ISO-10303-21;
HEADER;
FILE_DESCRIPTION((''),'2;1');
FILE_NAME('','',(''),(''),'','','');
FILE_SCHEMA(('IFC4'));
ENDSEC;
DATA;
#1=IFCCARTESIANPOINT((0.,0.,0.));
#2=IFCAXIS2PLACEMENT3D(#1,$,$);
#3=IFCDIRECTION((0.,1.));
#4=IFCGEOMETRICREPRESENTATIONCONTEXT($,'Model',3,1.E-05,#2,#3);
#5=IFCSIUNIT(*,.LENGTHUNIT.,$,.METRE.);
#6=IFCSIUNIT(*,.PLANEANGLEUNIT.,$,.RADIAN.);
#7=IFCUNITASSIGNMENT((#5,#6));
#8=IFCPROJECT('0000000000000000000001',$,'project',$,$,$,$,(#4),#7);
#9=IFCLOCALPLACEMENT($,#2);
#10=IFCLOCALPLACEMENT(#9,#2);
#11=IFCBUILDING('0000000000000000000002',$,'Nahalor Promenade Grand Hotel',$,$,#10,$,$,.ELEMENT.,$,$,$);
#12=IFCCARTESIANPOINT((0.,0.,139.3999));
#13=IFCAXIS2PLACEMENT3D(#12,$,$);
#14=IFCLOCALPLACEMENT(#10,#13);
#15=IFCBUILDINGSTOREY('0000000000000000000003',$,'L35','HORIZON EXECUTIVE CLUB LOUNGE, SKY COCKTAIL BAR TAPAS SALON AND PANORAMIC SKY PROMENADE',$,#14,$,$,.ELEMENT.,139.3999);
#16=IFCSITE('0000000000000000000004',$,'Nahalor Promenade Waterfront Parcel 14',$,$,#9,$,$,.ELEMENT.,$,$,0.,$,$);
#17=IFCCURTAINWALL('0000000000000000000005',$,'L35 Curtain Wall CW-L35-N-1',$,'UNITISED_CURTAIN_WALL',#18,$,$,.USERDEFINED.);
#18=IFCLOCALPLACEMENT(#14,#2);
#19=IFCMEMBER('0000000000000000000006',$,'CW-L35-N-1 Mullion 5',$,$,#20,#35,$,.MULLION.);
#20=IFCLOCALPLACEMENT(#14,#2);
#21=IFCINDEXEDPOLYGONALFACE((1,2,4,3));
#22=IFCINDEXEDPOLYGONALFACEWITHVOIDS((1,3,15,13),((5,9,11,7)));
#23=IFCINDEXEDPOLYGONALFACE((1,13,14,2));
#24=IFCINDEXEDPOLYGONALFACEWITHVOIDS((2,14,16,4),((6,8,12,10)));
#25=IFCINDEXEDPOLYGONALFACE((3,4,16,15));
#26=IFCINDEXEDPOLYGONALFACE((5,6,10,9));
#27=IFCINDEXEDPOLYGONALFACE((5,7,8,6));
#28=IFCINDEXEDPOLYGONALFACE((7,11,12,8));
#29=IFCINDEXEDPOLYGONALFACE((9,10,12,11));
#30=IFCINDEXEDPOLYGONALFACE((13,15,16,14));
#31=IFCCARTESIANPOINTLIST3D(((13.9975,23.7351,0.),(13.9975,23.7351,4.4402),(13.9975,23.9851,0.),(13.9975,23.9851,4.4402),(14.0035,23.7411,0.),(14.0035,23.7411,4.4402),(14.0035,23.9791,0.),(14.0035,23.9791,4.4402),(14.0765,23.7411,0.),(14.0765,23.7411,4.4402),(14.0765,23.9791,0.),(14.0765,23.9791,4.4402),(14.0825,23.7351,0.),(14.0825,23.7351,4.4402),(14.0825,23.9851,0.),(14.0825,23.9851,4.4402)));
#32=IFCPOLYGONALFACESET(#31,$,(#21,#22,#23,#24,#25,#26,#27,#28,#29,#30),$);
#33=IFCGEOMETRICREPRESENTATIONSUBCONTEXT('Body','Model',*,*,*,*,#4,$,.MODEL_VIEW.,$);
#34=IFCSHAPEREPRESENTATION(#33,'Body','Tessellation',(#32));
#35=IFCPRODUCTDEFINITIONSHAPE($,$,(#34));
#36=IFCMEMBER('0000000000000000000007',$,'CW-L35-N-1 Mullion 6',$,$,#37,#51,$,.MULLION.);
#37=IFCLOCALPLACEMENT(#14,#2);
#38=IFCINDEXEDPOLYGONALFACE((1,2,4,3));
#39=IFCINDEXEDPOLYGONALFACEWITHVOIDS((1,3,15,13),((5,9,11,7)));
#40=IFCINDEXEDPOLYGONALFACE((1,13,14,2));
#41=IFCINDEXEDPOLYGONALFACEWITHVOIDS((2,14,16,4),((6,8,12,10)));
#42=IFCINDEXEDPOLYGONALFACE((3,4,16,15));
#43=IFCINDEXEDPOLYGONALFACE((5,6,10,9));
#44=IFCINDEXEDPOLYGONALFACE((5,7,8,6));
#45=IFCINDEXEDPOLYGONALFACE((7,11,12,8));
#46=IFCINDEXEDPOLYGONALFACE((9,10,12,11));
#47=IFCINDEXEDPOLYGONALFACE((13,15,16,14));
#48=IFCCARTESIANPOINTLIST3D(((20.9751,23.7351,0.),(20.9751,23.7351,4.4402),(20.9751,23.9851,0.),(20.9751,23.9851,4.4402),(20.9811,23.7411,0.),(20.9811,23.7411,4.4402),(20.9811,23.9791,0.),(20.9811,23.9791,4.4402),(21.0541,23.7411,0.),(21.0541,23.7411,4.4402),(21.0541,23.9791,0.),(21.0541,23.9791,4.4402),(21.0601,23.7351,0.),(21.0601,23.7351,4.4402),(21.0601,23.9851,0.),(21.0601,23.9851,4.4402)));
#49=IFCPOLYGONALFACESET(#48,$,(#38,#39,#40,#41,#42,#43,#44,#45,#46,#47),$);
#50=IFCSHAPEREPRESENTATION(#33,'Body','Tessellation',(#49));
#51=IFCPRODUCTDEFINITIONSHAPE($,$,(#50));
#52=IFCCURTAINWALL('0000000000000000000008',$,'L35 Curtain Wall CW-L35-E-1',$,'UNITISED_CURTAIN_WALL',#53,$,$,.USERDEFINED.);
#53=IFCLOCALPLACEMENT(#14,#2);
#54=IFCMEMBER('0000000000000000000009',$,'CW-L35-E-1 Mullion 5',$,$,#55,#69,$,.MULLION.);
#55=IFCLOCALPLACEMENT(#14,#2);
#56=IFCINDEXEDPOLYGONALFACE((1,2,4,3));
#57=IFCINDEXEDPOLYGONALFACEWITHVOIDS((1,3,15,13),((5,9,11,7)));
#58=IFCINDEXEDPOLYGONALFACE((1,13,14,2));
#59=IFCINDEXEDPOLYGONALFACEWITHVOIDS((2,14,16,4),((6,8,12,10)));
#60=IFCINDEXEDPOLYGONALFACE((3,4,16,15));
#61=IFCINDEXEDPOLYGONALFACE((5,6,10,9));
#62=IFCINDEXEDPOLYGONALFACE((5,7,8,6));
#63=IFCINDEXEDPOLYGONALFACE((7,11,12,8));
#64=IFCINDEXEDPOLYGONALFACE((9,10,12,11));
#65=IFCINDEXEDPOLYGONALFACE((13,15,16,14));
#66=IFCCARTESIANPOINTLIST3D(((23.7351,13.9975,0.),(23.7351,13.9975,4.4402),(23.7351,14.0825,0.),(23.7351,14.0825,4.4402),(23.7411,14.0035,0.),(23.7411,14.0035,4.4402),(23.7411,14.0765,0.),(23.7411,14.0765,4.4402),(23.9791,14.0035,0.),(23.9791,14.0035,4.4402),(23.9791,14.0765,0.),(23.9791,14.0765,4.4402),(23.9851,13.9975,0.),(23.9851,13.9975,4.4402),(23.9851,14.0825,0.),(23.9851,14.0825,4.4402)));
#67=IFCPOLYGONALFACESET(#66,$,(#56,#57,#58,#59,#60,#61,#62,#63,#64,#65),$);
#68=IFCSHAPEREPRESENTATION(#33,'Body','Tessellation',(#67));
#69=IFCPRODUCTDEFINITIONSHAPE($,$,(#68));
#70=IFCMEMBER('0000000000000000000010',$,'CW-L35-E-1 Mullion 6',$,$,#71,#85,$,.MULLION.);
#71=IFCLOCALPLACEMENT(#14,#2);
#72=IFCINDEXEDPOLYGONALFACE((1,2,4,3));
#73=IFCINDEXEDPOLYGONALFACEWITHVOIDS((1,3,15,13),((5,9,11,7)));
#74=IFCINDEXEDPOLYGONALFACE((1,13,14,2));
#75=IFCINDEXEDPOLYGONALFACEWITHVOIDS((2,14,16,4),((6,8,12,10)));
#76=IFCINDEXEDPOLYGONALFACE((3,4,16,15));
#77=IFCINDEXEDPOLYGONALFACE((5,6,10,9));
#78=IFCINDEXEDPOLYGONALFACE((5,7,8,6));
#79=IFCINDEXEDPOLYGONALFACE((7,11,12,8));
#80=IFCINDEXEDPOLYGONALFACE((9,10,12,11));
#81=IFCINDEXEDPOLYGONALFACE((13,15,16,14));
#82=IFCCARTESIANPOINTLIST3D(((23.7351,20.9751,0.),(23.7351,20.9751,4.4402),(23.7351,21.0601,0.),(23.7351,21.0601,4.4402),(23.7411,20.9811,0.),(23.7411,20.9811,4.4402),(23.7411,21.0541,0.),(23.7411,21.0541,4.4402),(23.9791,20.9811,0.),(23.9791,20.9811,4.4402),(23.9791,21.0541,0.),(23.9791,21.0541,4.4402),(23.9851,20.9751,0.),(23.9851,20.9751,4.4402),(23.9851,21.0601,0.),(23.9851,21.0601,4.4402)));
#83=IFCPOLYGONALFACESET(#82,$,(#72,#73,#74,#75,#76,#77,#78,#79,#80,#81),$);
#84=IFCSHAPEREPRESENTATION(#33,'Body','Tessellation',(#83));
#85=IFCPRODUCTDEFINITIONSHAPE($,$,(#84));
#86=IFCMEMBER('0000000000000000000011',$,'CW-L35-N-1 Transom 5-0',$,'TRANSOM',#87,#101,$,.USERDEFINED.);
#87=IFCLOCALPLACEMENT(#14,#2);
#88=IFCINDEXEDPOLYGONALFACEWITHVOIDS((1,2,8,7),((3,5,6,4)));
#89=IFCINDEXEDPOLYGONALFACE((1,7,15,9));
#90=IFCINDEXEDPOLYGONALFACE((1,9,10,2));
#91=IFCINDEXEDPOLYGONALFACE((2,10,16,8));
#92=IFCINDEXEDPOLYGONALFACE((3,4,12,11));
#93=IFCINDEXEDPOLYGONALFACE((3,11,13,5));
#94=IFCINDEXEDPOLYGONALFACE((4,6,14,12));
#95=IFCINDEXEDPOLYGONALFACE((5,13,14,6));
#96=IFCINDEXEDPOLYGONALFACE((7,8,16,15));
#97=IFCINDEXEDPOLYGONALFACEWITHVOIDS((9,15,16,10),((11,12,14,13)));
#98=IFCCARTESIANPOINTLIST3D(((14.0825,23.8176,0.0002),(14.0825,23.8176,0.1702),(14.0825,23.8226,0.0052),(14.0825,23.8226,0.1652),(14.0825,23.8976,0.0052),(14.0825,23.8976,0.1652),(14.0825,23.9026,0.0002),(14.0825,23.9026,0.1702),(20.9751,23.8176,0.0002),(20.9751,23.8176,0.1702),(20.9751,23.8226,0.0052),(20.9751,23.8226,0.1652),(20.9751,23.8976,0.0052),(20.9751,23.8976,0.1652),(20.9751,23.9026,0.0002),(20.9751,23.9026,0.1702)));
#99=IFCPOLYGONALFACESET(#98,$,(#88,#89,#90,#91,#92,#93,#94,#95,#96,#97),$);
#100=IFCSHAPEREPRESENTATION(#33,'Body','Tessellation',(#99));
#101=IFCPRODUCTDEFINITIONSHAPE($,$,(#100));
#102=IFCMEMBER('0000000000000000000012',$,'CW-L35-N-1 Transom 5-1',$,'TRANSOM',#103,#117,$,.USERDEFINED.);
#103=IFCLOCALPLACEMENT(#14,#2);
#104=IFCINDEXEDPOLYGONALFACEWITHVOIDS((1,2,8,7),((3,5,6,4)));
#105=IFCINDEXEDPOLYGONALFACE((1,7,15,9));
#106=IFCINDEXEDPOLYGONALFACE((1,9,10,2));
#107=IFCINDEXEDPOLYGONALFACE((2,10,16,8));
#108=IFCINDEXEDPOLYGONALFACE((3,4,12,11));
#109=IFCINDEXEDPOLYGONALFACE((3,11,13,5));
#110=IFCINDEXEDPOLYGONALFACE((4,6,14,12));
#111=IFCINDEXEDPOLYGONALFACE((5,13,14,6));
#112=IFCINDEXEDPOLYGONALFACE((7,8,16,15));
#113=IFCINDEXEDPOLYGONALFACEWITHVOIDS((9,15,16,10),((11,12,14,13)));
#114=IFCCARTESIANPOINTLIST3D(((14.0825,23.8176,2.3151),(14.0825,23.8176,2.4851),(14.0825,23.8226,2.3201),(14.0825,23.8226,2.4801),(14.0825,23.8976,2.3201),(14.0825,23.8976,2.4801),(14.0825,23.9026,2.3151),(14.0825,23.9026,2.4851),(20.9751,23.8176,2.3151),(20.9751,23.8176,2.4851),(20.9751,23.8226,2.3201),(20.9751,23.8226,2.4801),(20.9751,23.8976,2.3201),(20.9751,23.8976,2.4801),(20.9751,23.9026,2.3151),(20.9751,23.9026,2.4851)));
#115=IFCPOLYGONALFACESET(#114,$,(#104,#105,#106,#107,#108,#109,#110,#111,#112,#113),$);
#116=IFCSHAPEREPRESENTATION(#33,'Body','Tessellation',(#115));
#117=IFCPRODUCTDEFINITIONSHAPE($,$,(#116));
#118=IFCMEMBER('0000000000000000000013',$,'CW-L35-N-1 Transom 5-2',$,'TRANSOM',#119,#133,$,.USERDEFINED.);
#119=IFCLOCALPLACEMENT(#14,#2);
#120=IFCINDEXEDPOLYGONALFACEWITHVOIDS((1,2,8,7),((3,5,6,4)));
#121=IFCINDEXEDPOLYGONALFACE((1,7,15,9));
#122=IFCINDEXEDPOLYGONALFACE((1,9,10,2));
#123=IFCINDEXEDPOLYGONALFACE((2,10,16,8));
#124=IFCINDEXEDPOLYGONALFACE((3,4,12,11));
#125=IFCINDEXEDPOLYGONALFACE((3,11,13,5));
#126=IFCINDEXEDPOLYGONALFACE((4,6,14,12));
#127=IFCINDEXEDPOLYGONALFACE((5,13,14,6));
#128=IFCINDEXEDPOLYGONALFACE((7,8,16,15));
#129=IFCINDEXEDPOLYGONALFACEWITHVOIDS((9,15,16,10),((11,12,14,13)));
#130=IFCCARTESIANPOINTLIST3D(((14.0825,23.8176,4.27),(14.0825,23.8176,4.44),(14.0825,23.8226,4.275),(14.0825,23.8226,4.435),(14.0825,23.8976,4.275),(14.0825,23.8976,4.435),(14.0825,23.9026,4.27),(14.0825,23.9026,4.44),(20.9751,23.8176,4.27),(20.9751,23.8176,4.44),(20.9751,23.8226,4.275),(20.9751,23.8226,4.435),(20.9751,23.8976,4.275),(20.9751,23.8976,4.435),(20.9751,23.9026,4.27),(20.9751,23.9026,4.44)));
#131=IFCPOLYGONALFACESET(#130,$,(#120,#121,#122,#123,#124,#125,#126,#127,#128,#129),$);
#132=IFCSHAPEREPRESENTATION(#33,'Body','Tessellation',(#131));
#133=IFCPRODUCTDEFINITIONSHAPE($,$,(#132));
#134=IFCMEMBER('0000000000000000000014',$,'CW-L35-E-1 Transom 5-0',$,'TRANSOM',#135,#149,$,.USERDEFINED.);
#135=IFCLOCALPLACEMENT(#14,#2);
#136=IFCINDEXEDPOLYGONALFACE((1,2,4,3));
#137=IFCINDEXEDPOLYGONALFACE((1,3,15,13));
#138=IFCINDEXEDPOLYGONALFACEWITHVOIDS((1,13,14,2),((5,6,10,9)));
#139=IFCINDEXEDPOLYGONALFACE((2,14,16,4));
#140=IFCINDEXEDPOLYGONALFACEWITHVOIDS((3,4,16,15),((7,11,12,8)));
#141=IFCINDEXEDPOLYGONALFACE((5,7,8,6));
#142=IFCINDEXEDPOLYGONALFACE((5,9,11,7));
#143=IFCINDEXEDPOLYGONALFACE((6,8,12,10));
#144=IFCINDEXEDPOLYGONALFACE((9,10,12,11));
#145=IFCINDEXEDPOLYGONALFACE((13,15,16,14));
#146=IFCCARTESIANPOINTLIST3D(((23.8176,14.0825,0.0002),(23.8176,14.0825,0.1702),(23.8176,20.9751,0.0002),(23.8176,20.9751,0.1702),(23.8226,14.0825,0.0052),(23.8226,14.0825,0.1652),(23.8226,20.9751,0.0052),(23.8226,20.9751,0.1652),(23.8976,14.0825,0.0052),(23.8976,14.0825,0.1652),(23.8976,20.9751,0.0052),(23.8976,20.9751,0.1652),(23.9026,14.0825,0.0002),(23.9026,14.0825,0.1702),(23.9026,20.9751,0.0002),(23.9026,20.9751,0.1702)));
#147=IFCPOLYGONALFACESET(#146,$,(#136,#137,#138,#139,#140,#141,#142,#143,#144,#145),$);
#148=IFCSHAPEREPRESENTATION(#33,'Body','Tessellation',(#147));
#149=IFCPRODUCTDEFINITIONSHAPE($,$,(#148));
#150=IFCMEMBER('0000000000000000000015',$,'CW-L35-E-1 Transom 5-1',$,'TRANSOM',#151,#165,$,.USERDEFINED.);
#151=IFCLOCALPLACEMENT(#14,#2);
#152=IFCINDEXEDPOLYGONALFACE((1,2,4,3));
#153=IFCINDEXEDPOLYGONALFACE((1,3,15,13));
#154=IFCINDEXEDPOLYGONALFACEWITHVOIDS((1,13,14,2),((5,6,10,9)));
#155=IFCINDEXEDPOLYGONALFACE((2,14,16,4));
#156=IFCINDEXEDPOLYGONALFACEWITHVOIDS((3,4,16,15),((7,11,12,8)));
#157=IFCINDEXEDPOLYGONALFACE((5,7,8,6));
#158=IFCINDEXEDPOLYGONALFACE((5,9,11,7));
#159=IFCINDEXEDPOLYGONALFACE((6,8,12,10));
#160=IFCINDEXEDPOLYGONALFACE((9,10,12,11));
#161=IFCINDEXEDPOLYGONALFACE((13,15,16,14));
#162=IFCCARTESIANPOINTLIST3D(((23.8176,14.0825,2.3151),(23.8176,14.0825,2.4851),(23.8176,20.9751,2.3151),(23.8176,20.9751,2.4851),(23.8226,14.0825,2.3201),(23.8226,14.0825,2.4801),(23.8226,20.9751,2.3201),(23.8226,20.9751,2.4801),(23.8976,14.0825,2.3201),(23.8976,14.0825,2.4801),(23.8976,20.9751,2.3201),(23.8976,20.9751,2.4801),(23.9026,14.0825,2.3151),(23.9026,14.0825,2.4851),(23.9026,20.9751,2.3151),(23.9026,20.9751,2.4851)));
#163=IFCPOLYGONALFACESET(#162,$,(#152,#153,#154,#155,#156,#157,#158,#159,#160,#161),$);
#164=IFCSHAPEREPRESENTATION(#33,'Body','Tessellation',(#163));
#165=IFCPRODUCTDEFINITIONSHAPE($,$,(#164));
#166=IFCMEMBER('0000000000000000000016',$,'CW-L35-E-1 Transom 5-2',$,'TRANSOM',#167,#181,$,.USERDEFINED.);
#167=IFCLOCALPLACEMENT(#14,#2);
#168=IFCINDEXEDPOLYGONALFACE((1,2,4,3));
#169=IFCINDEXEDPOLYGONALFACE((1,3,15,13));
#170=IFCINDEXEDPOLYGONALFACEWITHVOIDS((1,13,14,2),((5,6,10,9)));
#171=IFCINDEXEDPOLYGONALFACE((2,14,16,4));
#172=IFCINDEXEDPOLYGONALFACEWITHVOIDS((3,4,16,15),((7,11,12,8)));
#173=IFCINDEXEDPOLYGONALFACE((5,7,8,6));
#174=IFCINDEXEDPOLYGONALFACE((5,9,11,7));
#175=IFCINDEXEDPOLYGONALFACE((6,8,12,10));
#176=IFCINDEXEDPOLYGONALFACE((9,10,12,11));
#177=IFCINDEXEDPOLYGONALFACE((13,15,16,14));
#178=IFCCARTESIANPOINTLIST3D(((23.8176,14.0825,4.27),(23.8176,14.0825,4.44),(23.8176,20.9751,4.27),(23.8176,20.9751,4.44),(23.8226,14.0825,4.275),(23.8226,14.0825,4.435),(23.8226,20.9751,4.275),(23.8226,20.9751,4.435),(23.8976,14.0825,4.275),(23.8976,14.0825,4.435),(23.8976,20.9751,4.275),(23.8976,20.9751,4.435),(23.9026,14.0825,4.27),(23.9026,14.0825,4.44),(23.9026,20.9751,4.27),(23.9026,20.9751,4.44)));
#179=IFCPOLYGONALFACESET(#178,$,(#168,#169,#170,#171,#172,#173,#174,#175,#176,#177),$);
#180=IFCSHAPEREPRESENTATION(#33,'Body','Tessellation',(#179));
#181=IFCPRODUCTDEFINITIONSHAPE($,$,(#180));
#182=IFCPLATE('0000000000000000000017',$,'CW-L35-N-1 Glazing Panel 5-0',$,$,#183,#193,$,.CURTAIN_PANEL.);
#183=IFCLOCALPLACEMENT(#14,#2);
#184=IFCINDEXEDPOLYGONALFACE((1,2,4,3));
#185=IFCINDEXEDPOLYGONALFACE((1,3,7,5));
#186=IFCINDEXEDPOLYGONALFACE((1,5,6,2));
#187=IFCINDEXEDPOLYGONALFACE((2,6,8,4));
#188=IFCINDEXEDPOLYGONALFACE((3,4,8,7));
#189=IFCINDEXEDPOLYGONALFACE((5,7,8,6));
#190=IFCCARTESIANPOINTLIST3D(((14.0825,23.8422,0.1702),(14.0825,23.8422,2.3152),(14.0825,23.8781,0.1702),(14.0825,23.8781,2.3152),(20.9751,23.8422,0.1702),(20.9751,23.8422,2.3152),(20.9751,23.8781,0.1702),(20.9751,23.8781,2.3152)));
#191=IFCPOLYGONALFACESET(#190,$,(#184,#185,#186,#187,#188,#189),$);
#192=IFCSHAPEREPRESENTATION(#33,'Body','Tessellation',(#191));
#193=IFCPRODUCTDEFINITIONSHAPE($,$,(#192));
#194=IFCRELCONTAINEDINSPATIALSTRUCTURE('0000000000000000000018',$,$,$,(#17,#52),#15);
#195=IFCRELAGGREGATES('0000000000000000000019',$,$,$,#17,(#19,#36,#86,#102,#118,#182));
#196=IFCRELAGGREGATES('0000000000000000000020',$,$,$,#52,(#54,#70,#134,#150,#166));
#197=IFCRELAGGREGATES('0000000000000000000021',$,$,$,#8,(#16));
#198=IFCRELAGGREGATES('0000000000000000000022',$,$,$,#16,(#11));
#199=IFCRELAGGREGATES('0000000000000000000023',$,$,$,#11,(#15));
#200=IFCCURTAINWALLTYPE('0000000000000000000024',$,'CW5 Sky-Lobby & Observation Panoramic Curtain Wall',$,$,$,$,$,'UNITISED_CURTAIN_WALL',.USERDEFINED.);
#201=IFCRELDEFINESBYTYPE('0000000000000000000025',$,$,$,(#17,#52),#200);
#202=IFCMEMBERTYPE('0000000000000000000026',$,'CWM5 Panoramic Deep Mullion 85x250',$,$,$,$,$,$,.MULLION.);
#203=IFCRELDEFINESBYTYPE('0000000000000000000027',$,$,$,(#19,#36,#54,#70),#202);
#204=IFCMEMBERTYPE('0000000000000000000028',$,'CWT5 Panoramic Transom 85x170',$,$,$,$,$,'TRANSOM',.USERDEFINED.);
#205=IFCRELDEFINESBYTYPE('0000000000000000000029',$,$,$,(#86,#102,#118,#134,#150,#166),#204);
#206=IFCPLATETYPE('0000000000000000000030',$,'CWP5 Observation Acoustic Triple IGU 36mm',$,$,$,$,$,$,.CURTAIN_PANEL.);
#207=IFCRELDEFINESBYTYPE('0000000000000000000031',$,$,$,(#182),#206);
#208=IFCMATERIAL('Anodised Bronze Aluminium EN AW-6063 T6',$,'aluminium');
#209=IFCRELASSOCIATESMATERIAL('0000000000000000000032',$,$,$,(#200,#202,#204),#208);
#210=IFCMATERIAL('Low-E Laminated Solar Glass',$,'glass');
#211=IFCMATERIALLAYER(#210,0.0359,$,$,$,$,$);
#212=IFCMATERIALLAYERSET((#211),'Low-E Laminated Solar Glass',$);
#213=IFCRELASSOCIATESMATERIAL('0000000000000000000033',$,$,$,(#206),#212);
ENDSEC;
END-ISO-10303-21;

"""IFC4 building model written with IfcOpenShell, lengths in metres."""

from ifc_helpers import new_model, si_unit, direction, frame, origin, origin_2d, place, context, subcontext, project, spatial, rectangle, hollow_rectangle, extrude, source, transform, mapped, material, layer, layer_set, material_profile, profile_set, type_object, element, aggregate, save


model = new_model("IFC4")

# Units and contexts
model_context = context("Model", 3, precision=1e-05, world=origin(), true_north=direction((0.0, 1.0)))
body_context = subcontext(model_context, "Body", "Model", "MODEL_VIEW")
ifc_project = project(units=[si_unit("LENGTHUNIT", "METRE"), si_unit("PLANEANGLEUNIT", "RADIAN")], contexts=[model_context])

# Site, building, storey
site_placement = place(None, origin())
site = spatial("IfcSite", under=ifc_project, at=site_placement, Name="Nahalor Promenade Waterfront Parcel 14", CompositionType="ELEMENT", RefElevation=0.0)
building_placement = place(site_placement, origin())
building = spatial("IfcBuilding", under=site, at=building_placement, Name="Nahalor Promenade Grand Hotel", CompositionType="ELEMENT")
storey_placement = place(building_placement, frame((0.0, 0.0, 139.3999)))
storey = spatial("IfcBuildingStorey", under=building, at=storey_placement, Name="L35", Description="HORIZON EXECUTIVE CLUB LOUNGE, SKY COCKTAIL BAR TAPAS SALON AND PANORAMIC SKY PROMENADE", CompositionType="ELEMENT", Elevation=139.3999)

# Curtain walls, members
ifc_material_1 = material(Name="Anodised Bronze Aluminium EN AW-6063 T6", Category="aluminium")
curtain_wall_type = type_object("IfcCurtainWallType", Name="CW5 Sky-Lobby & Observation Panoramic Curtain Wall", ElementType="UNITISED_CURTAIN_WALL", PredefinedType="USERDEFINED", material=ifc_material_1)
curtain_wall_1_placement = place(storey_placement, origin())
curtain_wall_1 = element("IfcCurtainWall", 1, at=curtain_wall_1_placement, inside=storey, type_object=curtain_wall_type, Name="L35 Curtain Wall CW-L35-N-1", ObjectType="UNITISED_CURTAIN_WALL", PredefinedType="USERDEFINED")
ifc_material_profile_1 = material_profile(ifc_material_1, hollow_rectangle(XDim=0.085, YDim=0.25, WallThickness=0.006, at=origin_2d()), Name="CWM 85x250x6")
ifc_profile_set_1 = profile_set([ifc_material_profile_1], Name="Anodised Bronze Aluminium EN AW-6063 T6")
member_type_1 = type_object("IfcMemberType", Name="CWM5 Panoramic Deep Mullion 85x250", PredefinedType="MULLION", material=ifc_profile_set_1)
shared_shape_1 = source(origin(), body_context, "Body", "SweptSolid", [
    extrude(hollow_rectangle(XDim=0.085, YDim=0.25, WallThickness=0.006, at=origin_2d()), origin(), (0.0, 0.0, 1.0), 4.4402),
])
member_1_placement = place(storey_placement, frame((14.04, 23.8601, 0.0), z_axis=(0.0, 0.0, 1.0), x_axis=(1.0, 0.0, 0.0)))
member_1 = element("IfcMember", 2, at=member_1_placement, type_object=member_type_1, Name="CW-L35-N-1 Mullion 5", PredefinedType="MULLION", context=body_context, shape_type="MappedRepresentation", body=[
    mapped(shared_shape_1, transform((0.0, 0.0, 0.0), scale=1.0)),
])
member_2_placement = place(storey_placement, frame((21.0176, 23.8601, 0.0), z_axis=(0.0, 0.0, 1.0), x_axis=(1.0, 0.0, 0.0)))
member_2 = element("IfcMember", 3, at=member_2_placement, type_object=member_type_1, Name="CW-L35-N-1 Mullion 6", PredefinedType="MULLION", context=body_context, shape_type="MappedRepresentation", body=[
    mapped(shared_shape_1, transform((0.0, 0.0, 0.0), scale=1.0)),
])
curtain_wall_2_placement = place(storey_placement, origin())
curtain_wall_2 = element("IfcCurtainWall", 4, at=curtain_wall_2_placement, inside=storey, type_object=curtain_wall_type, Name="L35 Curtain Wall CW-L35-E-1", ObjectType="UNITISED_CURTAIN_WALL", PredefinedType="USERDEFINED")
member_3_placement = place(storey_placement, frame((23.8601, 14.04, 0.0), z_axis=(0.0, 0.0, 1.0), x_axis=(0.0, 1.0, 0.0)))
member_3 = element("IfcMember", 5, at=member_3_placement, type_object=member_type_1, Name="CW-L35-E-1 Mullion 5", PredefinedType="MULLION", context=body_context, shape_type="MappedRepresentation", body=[
    mapped(shared_shape_1, transform((0.0, 0.0, 0.0), scale=1.0)),
])
member_4_placement = place(storey_placement, frame((23.8601, 21.0176, 0.0), z_axis=(0.0, 0.0, 1.0), x_axis=(0.0, 1.0, 0.0)))
member_4 = element("IfcMember", 6, at=member_4_placement, type_object=member_type_1, Name="CW-L35-E-1 Mullion 6", PredefinedType="MULLION", context=body_context, shape_type="MappedRepresentation", body=[
    mapped(shared_shape_1, transform((0.0, 0.0, 0.0), scale=1.0)),
])

# Members
ifc_material_profile_2 = material_profile(ifc_material_1, hollow_rectangle(XDim=0.085, YDim=0.17, WallThickness=0.005, at=origin_2d()), Name="CWT 85x170x5")
ifc_profile_set_2 = profile_set([ifc_material_profile_2], Name="Anodised Bronze Aluminium EN AW-6063 T6")
member_type_2 = type_object("IfcMemberType", Name="CWT5 Panoramic Transom 85x170", ElementType="TRANSOM", PredefinedType="USERDEFINED", material=ifc_profile_set_2)
shared_shape_2 = source(origin(), body_context, "Body", "SweptSolid", [
    extrude(hollow_rectangle(XDim=0.085, YDim=0.17, WallThickness=0.005, at=origin_2d()), origin(), (0.0, 0.0, 1.0), 6.8926),
])
member_5_placement = place(storey_placement, frame((14.0825, 23.8601, 0.0852), z_axis=(1.0, 0.0, 0.0), x_axis=(0.0, 1.0, 0.0)))
member_5 = element("IfcMember", 7, at=member_5_placement, type_object=member_type_2, Name="CW-L35-N-1 Transom 5-0", ObjectType="TRANSOM", PredefinedType="USERDEFINED", context=body_context, shape_type="MappedRepresentation", body=[
    mapped(shared_shape_2, transform((0.0, 0.0, 0.0), scale=1.0)),
])
member_6_placement = place(storey_placement, frame((14.0825, 23.8601, 2.4001), z_axis=(1.0, 0.0, 0.0), x_axis=(0.0, 1.0, 0.0)))
member_6 = element("IfcMember", 8, at=member_6_placement, type_object=member_type_2, Name="CW-L35-N-1 Transom 5-1", ObjectType="TRANSOM", PredefinedType="USERDEFINED", context=body_context, shape_type="MappedRepresentation", body=[
    mapped(shared_shape_2, transform((0.0, 0.0, 0.0), scale=1.0)),
])
member_7_placement = place(storey_placement, frame((14.0825, 23.8601, 4.355), z_axis=(1.0, 0.0, 0.0), x_axis=(0.0, 1.0, 0.0)))
member_7 = element("IfcMember", 9, at=member_7_placement, type_object=member_type_2, Name="CW-L35-N-1 Transom 5-2", ObjectType="TRANSOM", PredefinedType="USERDEFINED", context=body_context, shape_type="MappedRepresentation", body=[
    mapped(shared_shape_2, transform((0.0, 0.0, 0.0), scale=1.0)),
])
member_8_placement = place(storey_placement, frame((23.8601, 14.0825, 0.0852), z_axis=(0.0, 1.0, 0.0), x_axis=(-1.0, 0.0, 0.0)))
member_8 = element("IfcMember", 10, at=member_8_placement, type_object=member_type_2, Name="CW-L35-E-1 Transom 5-0", ObjectType="TRANSOM", PredefinedType="USERDEFINED", context=body_context, shape_type="MappedRepresentation", body=[
    mapped(shared_shape_2, transform((0.0, 0.0, 0.0), scale=1.0)),
])
member_9_placement = place(storey_placement, frame((23.8601, 14.0825, 2.4001), z_axis=(0.0, 1.0, 0.0), x_axis=(-1.0, 0.0, 0.0)))
member_9 = element("IfcMember", 11, at=member_9_placement, type_object=member_type_2, Name="CW-L35-E-1 Transom 5-1", ObjectType="TRANSOM", PredefinedType="USERDEFINED", context=body_context, shape_type="MappedRepresentation", body=[
    mapped(shared_shape_2, transform((0.0, 0.0, 0.0), scale=1.0)),
])
member_10_placement = place(storey_placement, frame((23.8601, 14.0825, 4.355), z_axis=(0.0, 1.0, 0.0), x_axis=(-1.0, 0.0, 0.0)))
member_10 = element("IfcMember", 12, at=member_10_placement, type_object=member_type_2, Name="CW-L35-E-1 Transom 5-2", ObjectType="TRANSOM", PredefinedType="USERDEFINED", context=body_context, shape_type="MappedRepresentation", body=[
    mapped(shared_shape_2, transform((0.0, 0.0, 0.0), scale=1.0)),
])

# Plate
ifc_material_2 = material(Name="Low-E Laminated Solar Glass", Category="glass")
ifc_layer_1 = layer(ifc_material_2, 0.0359)
ifc_layer_set_1 = layer_set([ifc_layer_1], Name="Low-E Laminated Solar Glass")
plate_type = type_object("IfcPlateType", Name="CWP5 Observation Acoustic Triple IGU 36mm", PredefinedType="CURTAIN_PANEL", material=ifc_layer_set_1)
shared_shape_3 = source(origin(), body_context, "Body", "SweptSolid", [
    extrude(rectangle(XDim=6.8926, YDim=0.0359, at=origin_2d()), origin(), (0.0, 0.0, 1.0), 2.145),
])
plate_1_placement = place(storey_placement, frame((17.5288, 23.8601, 0.1702), z_axis=(0.0, 0.0, 1.0), x_axis=(1.0, 0.0, 0.0)))
plate_1 = element("IfcPlate", 13, at=plate_1_placement, type_object=plate_type, Name="CW-L35-N-1 Glazing Panel 5-0", PredefinedType="CURTAIN_PANEL", context=body_context, shape_type="MappedRepresentation", body=[
    mapped(shared_shape_3, transform((0.0, 0.0, 0.0), scale=1.0)),
])
aggregate(curtain_wall_1, [member_1, member_2, member_5, member_6, member_7, plate_1])
aggregate(curtain_wall_2, [member_3, member_4, member_8, member_9, member_10])

save(model, "model.ifc")
